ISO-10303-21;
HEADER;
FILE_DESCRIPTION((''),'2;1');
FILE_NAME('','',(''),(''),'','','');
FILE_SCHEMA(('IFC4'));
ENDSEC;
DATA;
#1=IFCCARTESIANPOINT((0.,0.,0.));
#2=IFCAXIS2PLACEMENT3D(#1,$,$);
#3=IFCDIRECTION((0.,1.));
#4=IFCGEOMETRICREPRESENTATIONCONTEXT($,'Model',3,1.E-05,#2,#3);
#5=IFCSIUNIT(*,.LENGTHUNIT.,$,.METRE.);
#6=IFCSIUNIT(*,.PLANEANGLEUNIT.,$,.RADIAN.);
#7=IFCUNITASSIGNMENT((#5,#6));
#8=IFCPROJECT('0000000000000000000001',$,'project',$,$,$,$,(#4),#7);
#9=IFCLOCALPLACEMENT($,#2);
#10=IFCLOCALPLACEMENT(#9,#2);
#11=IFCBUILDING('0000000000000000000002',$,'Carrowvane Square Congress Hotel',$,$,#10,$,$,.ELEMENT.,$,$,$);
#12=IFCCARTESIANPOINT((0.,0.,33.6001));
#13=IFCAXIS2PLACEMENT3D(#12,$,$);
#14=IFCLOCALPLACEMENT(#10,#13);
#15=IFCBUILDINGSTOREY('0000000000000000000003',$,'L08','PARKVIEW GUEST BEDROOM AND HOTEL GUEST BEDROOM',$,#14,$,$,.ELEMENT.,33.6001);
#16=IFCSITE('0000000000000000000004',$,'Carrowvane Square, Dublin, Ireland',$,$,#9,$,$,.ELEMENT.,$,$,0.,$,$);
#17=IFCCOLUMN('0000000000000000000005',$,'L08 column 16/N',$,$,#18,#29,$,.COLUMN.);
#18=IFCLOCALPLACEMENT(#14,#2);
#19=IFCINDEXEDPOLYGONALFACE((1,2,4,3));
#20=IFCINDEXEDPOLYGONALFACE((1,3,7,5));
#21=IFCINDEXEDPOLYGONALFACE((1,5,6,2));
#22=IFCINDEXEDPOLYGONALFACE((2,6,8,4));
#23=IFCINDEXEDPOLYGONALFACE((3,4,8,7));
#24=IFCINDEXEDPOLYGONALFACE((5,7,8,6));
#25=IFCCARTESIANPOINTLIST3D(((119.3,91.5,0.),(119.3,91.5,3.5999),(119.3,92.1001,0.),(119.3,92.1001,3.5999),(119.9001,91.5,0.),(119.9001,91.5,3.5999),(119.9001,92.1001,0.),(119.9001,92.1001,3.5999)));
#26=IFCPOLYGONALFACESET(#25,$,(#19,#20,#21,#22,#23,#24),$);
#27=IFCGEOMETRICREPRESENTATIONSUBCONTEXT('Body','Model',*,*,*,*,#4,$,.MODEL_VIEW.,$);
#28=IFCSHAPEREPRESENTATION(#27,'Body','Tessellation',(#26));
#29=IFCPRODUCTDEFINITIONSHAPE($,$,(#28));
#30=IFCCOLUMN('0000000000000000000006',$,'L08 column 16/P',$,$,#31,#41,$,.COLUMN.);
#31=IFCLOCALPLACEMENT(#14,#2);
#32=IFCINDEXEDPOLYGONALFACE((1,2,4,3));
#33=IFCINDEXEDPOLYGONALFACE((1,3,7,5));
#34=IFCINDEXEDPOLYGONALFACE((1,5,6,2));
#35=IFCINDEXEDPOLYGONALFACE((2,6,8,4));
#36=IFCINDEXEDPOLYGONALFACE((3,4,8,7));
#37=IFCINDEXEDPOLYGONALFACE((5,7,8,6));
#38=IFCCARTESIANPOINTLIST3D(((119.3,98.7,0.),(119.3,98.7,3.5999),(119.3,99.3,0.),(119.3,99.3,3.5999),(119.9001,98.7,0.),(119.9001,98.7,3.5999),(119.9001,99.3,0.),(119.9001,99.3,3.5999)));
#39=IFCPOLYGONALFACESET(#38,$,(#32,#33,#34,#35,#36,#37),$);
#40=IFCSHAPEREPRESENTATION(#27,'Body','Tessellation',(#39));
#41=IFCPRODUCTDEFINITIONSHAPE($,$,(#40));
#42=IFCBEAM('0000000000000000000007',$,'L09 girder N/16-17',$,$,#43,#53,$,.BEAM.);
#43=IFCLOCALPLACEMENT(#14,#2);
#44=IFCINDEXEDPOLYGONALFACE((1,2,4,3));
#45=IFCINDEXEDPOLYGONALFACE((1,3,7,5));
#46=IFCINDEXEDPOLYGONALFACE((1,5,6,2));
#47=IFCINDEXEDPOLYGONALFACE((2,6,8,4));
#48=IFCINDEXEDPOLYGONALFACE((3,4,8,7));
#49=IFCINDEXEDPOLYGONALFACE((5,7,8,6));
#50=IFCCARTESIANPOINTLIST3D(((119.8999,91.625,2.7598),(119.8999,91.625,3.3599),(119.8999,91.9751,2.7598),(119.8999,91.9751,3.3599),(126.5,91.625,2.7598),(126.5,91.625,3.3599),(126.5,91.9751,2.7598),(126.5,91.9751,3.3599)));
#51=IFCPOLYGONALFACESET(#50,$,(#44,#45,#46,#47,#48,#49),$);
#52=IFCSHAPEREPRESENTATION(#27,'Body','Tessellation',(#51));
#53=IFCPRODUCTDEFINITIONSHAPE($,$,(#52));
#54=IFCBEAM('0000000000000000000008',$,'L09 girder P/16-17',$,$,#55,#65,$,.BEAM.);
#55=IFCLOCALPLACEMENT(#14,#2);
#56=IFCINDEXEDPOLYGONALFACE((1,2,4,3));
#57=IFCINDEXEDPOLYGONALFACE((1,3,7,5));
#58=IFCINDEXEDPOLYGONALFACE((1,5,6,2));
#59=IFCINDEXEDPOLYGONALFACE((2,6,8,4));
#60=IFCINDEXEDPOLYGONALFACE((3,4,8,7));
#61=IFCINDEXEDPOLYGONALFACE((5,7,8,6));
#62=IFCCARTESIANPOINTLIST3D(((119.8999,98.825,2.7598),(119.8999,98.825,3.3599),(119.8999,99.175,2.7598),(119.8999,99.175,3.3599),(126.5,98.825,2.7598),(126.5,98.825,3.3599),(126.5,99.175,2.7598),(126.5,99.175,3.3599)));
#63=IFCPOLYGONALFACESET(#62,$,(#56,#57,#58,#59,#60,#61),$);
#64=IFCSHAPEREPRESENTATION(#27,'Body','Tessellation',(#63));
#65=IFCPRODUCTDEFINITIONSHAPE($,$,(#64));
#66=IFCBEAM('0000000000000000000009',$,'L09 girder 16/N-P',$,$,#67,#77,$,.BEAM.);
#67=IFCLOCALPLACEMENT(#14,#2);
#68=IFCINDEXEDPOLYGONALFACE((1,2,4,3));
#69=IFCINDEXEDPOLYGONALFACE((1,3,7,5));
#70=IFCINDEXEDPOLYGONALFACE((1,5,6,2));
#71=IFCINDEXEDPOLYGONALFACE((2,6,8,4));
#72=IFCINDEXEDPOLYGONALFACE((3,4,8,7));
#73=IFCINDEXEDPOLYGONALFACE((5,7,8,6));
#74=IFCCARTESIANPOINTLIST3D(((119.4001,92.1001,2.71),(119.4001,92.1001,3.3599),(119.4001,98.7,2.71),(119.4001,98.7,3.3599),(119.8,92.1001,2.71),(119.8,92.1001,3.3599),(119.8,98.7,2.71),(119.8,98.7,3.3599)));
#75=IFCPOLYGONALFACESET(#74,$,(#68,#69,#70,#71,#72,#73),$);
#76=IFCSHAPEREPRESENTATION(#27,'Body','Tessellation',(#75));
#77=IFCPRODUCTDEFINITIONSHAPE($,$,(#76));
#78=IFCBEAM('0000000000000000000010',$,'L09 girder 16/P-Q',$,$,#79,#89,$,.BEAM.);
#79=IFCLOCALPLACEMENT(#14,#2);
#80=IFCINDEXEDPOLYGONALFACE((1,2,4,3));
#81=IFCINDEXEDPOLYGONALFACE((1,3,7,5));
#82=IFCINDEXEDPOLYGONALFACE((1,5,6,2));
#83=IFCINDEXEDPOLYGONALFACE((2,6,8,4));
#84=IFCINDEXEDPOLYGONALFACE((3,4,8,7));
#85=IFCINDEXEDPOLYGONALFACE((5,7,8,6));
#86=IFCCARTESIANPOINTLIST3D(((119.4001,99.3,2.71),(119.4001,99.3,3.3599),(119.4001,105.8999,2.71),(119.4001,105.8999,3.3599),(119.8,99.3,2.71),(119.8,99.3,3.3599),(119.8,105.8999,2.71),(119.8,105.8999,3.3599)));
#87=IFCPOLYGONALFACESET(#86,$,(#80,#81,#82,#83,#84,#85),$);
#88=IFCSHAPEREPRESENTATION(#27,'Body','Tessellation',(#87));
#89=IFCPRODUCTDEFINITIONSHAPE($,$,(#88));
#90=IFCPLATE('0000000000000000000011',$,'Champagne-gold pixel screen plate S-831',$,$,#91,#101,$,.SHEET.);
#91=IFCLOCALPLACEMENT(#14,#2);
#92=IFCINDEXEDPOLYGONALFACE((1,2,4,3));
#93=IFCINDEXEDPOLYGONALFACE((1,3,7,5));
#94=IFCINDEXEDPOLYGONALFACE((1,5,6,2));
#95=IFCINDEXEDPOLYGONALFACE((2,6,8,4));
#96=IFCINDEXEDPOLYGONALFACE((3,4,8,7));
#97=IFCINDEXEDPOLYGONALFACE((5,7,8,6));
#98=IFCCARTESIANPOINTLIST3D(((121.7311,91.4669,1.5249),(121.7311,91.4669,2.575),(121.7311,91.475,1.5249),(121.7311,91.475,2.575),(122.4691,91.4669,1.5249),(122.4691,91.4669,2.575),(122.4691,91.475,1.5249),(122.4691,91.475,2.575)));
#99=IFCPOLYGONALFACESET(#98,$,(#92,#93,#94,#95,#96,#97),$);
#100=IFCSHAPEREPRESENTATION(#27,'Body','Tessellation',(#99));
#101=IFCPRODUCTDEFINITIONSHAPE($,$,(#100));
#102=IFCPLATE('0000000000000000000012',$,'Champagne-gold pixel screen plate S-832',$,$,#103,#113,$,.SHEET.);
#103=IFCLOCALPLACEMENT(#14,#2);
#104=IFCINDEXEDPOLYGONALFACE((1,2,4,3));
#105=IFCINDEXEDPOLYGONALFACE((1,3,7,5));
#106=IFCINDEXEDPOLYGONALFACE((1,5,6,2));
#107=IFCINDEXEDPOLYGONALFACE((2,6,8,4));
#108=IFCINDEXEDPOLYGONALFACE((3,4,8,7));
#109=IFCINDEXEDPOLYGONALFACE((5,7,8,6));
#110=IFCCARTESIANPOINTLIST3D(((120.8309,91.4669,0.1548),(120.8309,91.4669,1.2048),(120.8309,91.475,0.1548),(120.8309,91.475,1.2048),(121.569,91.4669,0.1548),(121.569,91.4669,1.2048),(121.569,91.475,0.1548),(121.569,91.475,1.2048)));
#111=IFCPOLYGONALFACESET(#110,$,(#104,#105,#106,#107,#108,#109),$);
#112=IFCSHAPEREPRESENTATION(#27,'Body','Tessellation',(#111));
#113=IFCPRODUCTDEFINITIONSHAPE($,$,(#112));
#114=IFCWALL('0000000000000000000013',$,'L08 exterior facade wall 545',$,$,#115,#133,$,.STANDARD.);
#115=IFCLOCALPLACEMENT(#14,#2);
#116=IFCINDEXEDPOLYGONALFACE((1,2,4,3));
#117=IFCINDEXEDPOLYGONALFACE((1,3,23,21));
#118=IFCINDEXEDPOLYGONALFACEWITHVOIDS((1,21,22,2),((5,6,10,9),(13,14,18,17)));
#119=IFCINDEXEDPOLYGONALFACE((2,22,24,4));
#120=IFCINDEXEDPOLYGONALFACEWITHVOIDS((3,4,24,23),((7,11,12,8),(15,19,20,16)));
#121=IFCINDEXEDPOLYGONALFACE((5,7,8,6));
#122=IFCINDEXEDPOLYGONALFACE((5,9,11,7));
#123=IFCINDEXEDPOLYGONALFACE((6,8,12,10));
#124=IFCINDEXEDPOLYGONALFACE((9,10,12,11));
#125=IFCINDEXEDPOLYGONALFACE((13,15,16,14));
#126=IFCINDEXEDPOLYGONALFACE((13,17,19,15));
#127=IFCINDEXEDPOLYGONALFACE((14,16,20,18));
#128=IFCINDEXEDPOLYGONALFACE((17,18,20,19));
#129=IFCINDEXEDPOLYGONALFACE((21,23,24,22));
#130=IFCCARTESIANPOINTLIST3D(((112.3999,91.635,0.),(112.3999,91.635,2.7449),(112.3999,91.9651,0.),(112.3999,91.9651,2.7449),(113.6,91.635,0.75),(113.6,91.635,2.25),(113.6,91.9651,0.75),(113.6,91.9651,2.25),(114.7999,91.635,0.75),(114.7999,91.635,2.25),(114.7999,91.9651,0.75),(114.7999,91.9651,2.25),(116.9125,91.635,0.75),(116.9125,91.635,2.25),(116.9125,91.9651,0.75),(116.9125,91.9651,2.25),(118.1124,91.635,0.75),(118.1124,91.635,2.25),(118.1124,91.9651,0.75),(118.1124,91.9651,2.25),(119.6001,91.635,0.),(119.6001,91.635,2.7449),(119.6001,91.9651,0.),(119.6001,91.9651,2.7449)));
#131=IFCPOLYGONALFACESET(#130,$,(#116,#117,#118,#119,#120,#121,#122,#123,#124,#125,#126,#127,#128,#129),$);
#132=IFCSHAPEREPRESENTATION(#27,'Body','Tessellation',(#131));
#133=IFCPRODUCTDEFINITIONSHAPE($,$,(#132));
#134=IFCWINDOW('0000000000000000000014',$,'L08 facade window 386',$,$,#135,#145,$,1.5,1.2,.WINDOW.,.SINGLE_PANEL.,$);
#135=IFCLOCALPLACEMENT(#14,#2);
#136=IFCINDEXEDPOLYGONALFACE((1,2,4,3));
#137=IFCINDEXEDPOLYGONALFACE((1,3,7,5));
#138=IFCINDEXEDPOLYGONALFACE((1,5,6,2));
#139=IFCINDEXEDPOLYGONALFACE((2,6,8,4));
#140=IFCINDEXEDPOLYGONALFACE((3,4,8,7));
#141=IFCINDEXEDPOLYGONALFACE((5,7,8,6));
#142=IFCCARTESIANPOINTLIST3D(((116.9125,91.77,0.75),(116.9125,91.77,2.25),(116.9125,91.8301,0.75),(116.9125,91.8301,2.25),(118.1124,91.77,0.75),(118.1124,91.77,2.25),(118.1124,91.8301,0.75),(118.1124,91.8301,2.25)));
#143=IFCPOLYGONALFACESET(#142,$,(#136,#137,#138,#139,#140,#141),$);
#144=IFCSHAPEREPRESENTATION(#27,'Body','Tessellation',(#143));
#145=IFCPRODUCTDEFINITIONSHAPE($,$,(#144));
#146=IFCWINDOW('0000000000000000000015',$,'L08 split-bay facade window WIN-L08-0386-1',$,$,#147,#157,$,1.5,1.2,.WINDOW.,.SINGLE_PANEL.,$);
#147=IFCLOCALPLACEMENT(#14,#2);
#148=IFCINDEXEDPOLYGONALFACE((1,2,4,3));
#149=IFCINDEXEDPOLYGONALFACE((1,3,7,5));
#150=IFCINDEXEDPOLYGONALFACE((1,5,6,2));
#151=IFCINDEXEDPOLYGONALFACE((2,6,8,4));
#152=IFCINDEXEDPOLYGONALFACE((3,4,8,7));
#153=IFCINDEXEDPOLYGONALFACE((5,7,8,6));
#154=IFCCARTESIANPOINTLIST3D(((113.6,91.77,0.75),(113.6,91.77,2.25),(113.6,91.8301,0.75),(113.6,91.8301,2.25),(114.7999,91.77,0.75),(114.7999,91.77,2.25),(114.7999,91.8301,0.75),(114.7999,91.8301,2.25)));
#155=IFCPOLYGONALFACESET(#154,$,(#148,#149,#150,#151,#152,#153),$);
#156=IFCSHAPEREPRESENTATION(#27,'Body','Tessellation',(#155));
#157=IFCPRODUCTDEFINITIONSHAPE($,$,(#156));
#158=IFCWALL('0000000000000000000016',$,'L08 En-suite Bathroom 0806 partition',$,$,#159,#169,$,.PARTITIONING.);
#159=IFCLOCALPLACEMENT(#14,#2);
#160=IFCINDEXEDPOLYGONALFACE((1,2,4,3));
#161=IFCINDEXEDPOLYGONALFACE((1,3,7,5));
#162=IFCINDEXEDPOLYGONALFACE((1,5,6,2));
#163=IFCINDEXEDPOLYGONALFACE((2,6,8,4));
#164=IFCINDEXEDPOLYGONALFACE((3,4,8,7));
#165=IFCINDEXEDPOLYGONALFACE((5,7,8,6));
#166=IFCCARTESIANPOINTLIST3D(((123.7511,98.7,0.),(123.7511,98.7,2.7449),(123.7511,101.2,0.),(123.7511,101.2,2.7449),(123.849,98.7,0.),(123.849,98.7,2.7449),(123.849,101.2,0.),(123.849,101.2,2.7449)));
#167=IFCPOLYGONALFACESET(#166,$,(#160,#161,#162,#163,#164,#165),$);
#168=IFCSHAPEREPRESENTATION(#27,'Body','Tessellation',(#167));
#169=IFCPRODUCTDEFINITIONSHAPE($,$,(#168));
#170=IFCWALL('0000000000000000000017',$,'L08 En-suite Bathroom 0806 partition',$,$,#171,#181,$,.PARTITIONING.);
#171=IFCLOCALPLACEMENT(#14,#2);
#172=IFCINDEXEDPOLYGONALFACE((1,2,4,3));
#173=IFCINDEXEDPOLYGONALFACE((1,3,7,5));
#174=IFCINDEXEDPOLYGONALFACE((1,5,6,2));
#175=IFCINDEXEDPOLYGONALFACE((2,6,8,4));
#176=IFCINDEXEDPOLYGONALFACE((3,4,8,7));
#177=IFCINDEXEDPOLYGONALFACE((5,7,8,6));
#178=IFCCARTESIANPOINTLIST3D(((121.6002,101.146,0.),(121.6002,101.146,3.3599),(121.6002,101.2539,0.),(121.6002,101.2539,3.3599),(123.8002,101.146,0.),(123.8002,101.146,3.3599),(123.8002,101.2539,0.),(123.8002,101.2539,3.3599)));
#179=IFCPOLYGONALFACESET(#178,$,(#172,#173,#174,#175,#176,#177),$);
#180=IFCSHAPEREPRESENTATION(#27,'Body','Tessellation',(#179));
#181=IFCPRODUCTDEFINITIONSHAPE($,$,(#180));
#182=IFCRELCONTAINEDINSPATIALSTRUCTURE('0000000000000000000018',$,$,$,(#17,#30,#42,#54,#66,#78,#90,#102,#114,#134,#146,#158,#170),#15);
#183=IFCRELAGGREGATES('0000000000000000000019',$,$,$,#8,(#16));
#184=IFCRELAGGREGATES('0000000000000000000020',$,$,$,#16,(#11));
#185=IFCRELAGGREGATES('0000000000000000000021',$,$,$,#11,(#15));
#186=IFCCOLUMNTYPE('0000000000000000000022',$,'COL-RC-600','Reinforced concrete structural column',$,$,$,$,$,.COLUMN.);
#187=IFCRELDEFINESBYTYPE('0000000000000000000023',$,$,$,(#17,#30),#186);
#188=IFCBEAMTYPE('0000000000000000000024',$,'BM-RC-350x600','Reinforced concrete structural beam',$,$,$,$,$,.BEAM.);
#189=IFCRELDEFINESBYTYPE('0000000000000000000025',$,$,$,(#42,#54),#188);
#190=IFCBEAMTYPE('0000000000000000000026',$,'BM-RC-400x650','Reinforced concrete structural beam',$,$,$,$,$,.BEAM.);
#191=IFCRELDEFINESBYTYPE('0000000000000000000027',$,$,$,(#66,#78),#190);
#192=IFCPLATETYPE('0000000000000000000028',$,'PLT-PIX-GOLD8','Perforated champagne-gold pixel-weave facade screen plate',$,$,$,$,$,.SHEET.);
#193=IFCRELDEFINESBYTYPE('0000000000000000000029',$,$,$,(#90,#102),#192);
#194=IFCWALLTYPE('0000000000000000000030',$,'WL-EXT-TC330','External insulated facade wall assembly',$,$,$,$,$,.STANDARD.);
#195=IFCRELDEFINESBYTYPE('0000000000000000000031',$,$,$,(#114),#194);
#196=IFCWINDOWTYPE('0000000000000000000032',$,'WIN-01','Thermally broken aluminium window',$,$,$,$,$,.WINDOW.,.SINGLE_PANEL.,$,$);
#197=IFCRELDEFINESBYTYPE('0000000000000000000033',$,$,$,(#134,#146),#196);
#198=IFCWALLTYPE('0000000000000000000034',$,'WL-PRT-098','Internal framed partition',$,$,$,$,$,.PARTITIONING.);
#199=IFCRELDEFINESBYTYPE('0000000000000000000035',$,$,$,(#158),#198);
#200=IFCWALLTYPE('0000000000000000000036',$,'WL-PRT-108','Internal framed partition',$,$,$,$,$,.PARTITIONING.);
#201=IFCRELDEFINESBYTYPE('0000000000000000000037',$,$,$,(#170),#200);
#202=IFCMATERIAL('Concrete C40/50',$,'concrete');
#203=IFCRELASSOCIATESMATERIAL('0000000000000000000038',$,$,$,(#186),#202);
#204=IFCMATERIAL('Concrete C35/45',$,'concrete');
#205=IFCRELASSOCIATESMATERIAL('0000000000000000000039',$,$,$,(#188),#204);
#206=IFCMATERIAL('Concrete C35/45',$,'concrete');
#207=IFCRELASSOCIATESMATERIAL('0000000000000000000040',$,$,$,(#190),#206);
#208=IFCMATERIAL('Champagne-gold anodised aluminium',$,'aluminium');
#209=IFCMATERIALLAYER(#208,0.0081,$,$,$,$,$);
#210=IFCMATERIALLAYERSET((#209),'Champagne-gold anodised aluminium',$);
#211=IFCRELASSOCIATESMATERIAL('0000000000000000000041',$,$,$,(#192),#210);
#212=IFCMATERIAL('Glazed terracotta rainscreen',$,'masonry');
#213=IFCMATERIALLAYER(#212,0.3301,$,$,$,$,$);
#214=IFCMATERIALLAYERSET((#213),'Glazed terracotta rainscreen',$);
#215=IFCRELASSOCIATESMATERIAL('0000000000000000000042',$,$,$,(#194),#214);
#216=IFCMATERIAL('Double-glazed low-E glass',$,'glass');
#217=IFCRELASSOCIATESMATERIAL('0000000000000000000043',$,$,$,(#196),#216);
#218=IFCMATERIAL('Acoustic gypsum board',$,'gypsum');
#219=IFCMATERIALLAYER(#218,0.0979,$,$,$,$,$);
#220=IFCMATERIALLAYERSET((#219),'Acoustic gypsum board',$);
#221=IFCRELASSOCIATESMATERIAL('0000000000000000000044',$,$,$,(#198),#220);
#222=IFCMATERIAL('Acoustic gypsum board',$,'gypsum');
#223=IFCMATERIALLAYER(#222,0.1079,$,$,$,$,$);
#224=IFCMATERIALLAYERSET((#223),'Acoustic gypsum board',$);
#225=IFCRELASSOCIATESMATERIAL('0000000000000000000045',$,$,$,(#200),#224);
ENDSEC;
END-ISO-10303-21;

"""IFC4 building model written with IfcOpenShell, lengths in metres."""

from ifc_helpers import new_model, si_unit, direction, frame, frame_2d, origin, origin_2d, place, context, subcontext, project, spatial, rectangle, extrude, material, layer, layer_set, material_profile, profile_set, type_object, element, fill, save


model = new_model("IFC4")

# Units and contexts
model_context = context("Model", 3, precision=1e-05, world=origin(), true_north=direction((0.0, 1.0)))
body_context = subcontext(model_context, "Body", "Model", "MODEL_VIEW")
ifc_project = project(units=[si_unit("LENGTHUNIT", "METRE"), si_unit("PLANEANGLEUNIT", "RADIAN")], contexts=[model_context])

# Site, building, storey
site_placement = place(None, origin())
site = spatial("IfcSite", under=ifc_project, at=site_placement, Name="Carrowvane Square, Dublin, Ireland", CompositionType="ELEMENT", RefElevation=0.0)
building_placement = place(site_placement, origin())
building = spatial("IfcBuilding", under=site, at=building_placement, Name="Carrowvane Square Congress Hotel", CompositionType="ELEMENT")
storey_placement = place(building_placement, frame((0.0, 0.0, 33.6001)))
storey = spatial("IfcBuildingStorey", under=building, at=storey_placement, Name="L08", Description="PARKVIEW GUEST BEDROOM AND HOTEL GUEST BEDROOM", CompositionType="ELEMENT", Elevation=33.6001)

# Columns
ifc_material_1 = material(Name="Concrete C40/50", Category="concrete")
ifc_material_profile_1 = material_profile(ifc_material_1, rectangle(XDim=0.6001, YDim=0.6001, at=origin_2d()), Name="RC 600x600")
ifc_profile_set_1 = profile_set([ifc_material_profile_1], Name="Concrete C40/50")
column_type = type_object("IfcColumnType", Name="COL-RC-600", Description="Reinforced concrete structural column", PredefinedType="COLUMN", material=ifc_profile_set_1)
for number, where, z_axis, x_axis, name in (
    (1, (119.6001, 91.8, 0.0), (0.0, 0.0, 1.0), (1.0, 0.0, 0.0), "L08 column 16/N"),
    (2, (119.6001, 99.0, 0.0), (0.0, 0.0, 1.0), (1.0, 0.0, 0.0), "L08 column 16/P"),
):
    element("IfcColumn", number, at=place(storey_placement, frame(where, z_axis=z_axis, x_axis=x_axis)), inside=storey, type_object=column_type, Name=name, PredefinedType="COLUMN", context=body_context, shape_type="SweptSolid", body=[
        extrude(rectangle(XDim=0.6001, YDim=0.6001, at=origin_2d()), origin(), (0.0, 0.0, 1.0), 3.5999),
    ])

# Beams
ifc_material_2 = material(Name="Concrete C35/45", Category="concrete")
ifc_material_profile_2 = material_profile(ifc_material_2, rectangle(XDim=0.3501, YDim=0.6001, at=origin_2d()), Name="RC 350x600")
ifc_profile_set_2 = profile_set([ifc_material_profile_2], Name="Concrete C35/45")
beam_type_1 = type_object("IfcBeamType", Name="BM-RC-350x600", Description="Reinforced concrete structural beam", PredefinedType="BEAM", material=ifc_profile_set_2)
for number, where, z_axis, x_axis, name in (
    (3, (119.8999, 91.8, 3.0598), (1.0, 0.0, 0.0), (0.0, 1.0, 0.0), "L09 girder N/16-17"),
    (4, (119.8999, 99.0, 3.0598), (1.0, 0.0, 0.0), (0.0, 1.0, 0.0), "L09 girder P/16-17"),
):
    element("IfcBeam", number, at=place(storey_placement, frame(where, z_axis=z_axis, x_axis=x_axis)), inside=storey, type_object=beam_type_1, Name=name, PredefinedType="BEAM", context=body_context, shape_type="SweptSolid", body=[
        extrude(rectangle(XDim=0.3501, YDim=0.6001, at=origin_2d()), origin(), (0.0, 0.0, 1.0), 6.6001),
    ])
ifc_material_3 = material(Name="Concrete C35/45", Category="concrete")
ifc_material_profile_3 = material_profile(ifc_material_3, rectangle(XDim=0.3999, YDim=0.6499, at=origin_2d()), Name="RC 400x650")
ifc_profile_set_3 = profile_set([ifc_material_profile_3], Name="Concrete C35/45")
beam_type_2 = type_object("IfcBeamType", Name="BM-RC-400x650", Description="Reinforced concrete structural beam", PredefinedType="BEAM", material=ifc_profile_set_3)
for number, where, z_axis, x_axis, name in (
    (5, (119.6001, 92.1001, 3.0349), (0.0, 1.0, 0.0), (-1.0, 0.0, 0.0), "L09 girder 16/N-P"),
    (6, (119.6001, 99.3, 3.0349), (0.0, 1.0, 0.0), (-1.0, 0.0, 0.0), "L09 girder 16/P-Q"),
):
    element("IfcBeam", number, at=place(storey_placement, frame(where, z_axis=z_axis, x_axis=x_axis)), inside=storey, type_object=beam_type_2, Name=name, PredefinedType="BEAM", context=body_context, shape_type="SweptSolid", body=[
        extrude(rectangle(XDim=0.3999, YDim=0.6499, at=origin_2d()), origin(), (0.0, 0.0, 1.0), 6.5999),
    ])

# Plates
ifc_material_4 = material(Name="Champagne-gold anodised aluminium", Category="aluminium")
ifc_layer_1 = layer(ifc_material_4, 0.0081)
ifc_layer_set_1 = layer_set([ifc_layer_1], Name="Champagne-gold anodised aluminium")
plate_type = type_object("IfcPlateType", Name="PLT-PIX-GOLD8", Description="Perforated champagne-gold pixel-weave facade screen plate", PredefinedType="SHEET", material=ifc_layer_set_1)
for number, where, z_axis, x_axis, name in (
    (7, (122.1001, 91.4709, 1.5249), (0.0, 0.0, 1.0), (-1.0, 0.0, 0.0), "Champagne-gold pixel screen plate S-831"),
    (8, (121.2, 91.4709, 0.1548), (0.0, 0.0, 1.0), (-1.0, 0.0, 0.0), "Champagne-gold pixel screen plate S-832"),
):
    element("IfcPlate", number, at=place(storey_placement, frame(where, z_axis=z_axis, x_axis=x_axis)), inside=storey, type_object=plate_type, Name=name, PredefinedType="SHEET", context=body_context, shape_type="SweptSolid", body=[
        extrude(rectangle(XDim=0.738, YDim=0.0081, at=origin_2d()), origin(), (0.0, 0.0, 1.0), 1.05),
    ])

# Wall, openings, windows
ifc_material_5 = material(Name="Glazed terracotta rainscreen", Category="masonry")
ifc_layer_2 = layer(ifc_material_5, 0.3301)
ifc_layer_set_2 = layer_set([ifc_layer_2], Name="Glazed terracotta rainscreen")
wall_type_1 = type_object("IfcWallType", Name="WL-EXT-TC330", Description="External insulated facade wall assembly", PredefinedType="STANDARD", material=ifc_layer_set_2)
wall_1_placement = place(storey_placement, frame((119.6001, 91.8, 0.0), z_axis=(0.0, 0.0, 1.0), x_axis=(-1.0, 0.0, 0.0)))
wall_1 = element("IfcWall", 9, at=wall_1_placement, inside=storey, type_object=wall_type_1, Name="L08 exterior facade wall 545", PredefinedType="STANDARD", context=body_context, shape_type="SweptSolid", body=[
    extrude(rectangle(XDim=7.2002, YDim=0.3301, at=frame_2d((3.6001, 0.0))), origin(), (0.0, 0.0, 1.0), 2.7449),
])
opening_1_placement = place(wall_1_placement, frame((1.4875, 0.0, 0.75)))
opening_1 = element("IfcOpeningElement", 10, at=opening_1_placement, cuts=wall_1, PredefinedType="OPENING", context=body_context, shape_type="SweptSolid", body=[
    extrude(rectangle(XDim=1.2, YDim=1.5, at=frame_2d((0.6001, 0.75))), frame((0.0, 0.175, 0.0), z_axis=(0.0, -1.0, 0.0), x_axis=(1.0, 0.0, 0.0)), (0.0, 0.0, 1.0), 0.3501),
])
opening_2_placement = place(wall_1_placement, frame((4.8, 0.0, 0.75)))
opening_2 = element("IfcOpeningElement", 11, at=opening_2_placement, cuts=wall_1, PredefinedType="OPENING", context=body_context, shape_type="SweptSolid", body=[
    extrude(rectangle(XDim=1.2, YDim=1.5, at=frame_2d((0.6001, 0.75))), frame((0.0, 0.175, 0.0), z_axis=(0.0, -1.0, 0.0), x_axis=(1.0, 0.0, 0.0)), (0.0, 0.0, 1.0), 0.3501),
])
ifc_material_6 = material(Name="Double-glazed low-E glass", Category="glass")
window_type = type_object("IfcWindowType", Name="WIN-01", Description="Thermally broken aluminium window", PartitioningType="SINGLE_PANEL", PredefinedType="WINDOW", material=ifc_material_6)
window_1_placement = place(opening_1_placement, origin())
window_1 = element("IfcWindow", 12, at=window_1_placement, inside=storey, type_object=window_type, Name="L08 facade window 386", OverallHeight=1.5, OverallWidth=1.2, PartitioningType="SINGLE_PANEL", PredefinedType="WINDOW", context=body_context, shape_type="SweptSolid", body=[
    extrude(rectangle(XDim=1.2, YDim=1.5, at=frame_2d((0.6001, 0.75))), frame((0.0, 0.03, 0.0), z_axis=(0.0, -1.0, 0.0), x_axis=(1.0, 0.0, 0.0)), (0.0, 0.0, 1.0), 0.0601),
])
fill(opening_1, window_1)
window_2_placement = place(opening_2_placement, origin())
window_2 = element("IfcWindow", 13, at=window_2_placement, inside=storey, type_object=window_type, Name="L08 split-bay facade window WIN-L08-0386-1", OverallHeight=1.5, OverallWidth=1.2, PartitioningType="SINGLE_PANEL", PredefinedType="WINDOW", context=body_context, shape_type="SweptSolid", body=[
    extrude(rectangle(XDim=1.2, YDim=1.5, at=frame_2d((0.6001, 0.75))), frame((0.0, 0.03, 0.0), z_axis=(0.0, -1.0, 0.0), x_axis=(1.0, 0.0, 0.0)), (0.0, 0.0, 1.0), 0.0601),
])
fill(opening_2, window_2)

# Walls
ifc_material_7 = material(Name="Acoustic gypsum board", Category="gypsum")
ifc_layer_3 = layer(ifc_material_7, 0.0979)
ifc_layer_set_3 = layer_set([ifc_layer_3], Name="Acoustic gypsum board")
wall_type_2 = type_object("IfcWallType", Name="WL-PRT-098", Description="Internal framed partition", PredefinedType="PARTITIONING", material=ifc_layer_set_3)
wall_2_placement = place(storey_placement, frame((123.8, 101.2, 0.0), z_axis=(0.0, 0.0, 1.0), x_axis=(0.0, -1.0, 0.0)))
element("IfcWall", 14, at=wall_2_placement, inside=storey, type_object=wall_type_2, Name="L08 En-suite Bathroom 0806 partition", PredefinedType="PARTITIONING", context=body_context, shape_type="SweptSolid", body=[
    extrude(rectangle(XDim=2.5, YDim=0.0979, at=frame_2d((1.25, 0.0))), origin(), (0.0, 0.0, 1.0), 2.7449),
])
ifc_material_8 = material(Name="Acoustic gypsum board", Category="gypsum")
ifc_layer_4 = layer(ifc_material_8, 0.1079)
ifc_layer_set_4 = layer_set([ifc_layer_4], Name="Acoustic gypsum board")
wall_type_3 = type_object("IfcWallType", Name="WL-PRT-108", Description="Internal framed partition", PredefinedType="PARTITIONING", material=ifc_layer_set_4)
wall_3_placement = place(storey_placement, frame((121.6001, 101.2, 0.0), z_axis=(0.0, 0.0, 1.0), x_axis=(1.0, 0.0, 0.0)))
element("IfcWall", 15, at=wall_3_placement, inside=storey, type_object=wall_type_3, Name="L08 En-suite Bathroom 0806 partition", PredefinedType="PARTITIONING", context=body_context, shape_type="SweptSolid", body=[
    extrude(rectangle(XDim=2.2, YDim=0.1079, at=frame_2d((1.1001, 0.0))), origin(), (0.0, 0.0, 1.0), 3.3599),
])

save(model, "model.ifc")
